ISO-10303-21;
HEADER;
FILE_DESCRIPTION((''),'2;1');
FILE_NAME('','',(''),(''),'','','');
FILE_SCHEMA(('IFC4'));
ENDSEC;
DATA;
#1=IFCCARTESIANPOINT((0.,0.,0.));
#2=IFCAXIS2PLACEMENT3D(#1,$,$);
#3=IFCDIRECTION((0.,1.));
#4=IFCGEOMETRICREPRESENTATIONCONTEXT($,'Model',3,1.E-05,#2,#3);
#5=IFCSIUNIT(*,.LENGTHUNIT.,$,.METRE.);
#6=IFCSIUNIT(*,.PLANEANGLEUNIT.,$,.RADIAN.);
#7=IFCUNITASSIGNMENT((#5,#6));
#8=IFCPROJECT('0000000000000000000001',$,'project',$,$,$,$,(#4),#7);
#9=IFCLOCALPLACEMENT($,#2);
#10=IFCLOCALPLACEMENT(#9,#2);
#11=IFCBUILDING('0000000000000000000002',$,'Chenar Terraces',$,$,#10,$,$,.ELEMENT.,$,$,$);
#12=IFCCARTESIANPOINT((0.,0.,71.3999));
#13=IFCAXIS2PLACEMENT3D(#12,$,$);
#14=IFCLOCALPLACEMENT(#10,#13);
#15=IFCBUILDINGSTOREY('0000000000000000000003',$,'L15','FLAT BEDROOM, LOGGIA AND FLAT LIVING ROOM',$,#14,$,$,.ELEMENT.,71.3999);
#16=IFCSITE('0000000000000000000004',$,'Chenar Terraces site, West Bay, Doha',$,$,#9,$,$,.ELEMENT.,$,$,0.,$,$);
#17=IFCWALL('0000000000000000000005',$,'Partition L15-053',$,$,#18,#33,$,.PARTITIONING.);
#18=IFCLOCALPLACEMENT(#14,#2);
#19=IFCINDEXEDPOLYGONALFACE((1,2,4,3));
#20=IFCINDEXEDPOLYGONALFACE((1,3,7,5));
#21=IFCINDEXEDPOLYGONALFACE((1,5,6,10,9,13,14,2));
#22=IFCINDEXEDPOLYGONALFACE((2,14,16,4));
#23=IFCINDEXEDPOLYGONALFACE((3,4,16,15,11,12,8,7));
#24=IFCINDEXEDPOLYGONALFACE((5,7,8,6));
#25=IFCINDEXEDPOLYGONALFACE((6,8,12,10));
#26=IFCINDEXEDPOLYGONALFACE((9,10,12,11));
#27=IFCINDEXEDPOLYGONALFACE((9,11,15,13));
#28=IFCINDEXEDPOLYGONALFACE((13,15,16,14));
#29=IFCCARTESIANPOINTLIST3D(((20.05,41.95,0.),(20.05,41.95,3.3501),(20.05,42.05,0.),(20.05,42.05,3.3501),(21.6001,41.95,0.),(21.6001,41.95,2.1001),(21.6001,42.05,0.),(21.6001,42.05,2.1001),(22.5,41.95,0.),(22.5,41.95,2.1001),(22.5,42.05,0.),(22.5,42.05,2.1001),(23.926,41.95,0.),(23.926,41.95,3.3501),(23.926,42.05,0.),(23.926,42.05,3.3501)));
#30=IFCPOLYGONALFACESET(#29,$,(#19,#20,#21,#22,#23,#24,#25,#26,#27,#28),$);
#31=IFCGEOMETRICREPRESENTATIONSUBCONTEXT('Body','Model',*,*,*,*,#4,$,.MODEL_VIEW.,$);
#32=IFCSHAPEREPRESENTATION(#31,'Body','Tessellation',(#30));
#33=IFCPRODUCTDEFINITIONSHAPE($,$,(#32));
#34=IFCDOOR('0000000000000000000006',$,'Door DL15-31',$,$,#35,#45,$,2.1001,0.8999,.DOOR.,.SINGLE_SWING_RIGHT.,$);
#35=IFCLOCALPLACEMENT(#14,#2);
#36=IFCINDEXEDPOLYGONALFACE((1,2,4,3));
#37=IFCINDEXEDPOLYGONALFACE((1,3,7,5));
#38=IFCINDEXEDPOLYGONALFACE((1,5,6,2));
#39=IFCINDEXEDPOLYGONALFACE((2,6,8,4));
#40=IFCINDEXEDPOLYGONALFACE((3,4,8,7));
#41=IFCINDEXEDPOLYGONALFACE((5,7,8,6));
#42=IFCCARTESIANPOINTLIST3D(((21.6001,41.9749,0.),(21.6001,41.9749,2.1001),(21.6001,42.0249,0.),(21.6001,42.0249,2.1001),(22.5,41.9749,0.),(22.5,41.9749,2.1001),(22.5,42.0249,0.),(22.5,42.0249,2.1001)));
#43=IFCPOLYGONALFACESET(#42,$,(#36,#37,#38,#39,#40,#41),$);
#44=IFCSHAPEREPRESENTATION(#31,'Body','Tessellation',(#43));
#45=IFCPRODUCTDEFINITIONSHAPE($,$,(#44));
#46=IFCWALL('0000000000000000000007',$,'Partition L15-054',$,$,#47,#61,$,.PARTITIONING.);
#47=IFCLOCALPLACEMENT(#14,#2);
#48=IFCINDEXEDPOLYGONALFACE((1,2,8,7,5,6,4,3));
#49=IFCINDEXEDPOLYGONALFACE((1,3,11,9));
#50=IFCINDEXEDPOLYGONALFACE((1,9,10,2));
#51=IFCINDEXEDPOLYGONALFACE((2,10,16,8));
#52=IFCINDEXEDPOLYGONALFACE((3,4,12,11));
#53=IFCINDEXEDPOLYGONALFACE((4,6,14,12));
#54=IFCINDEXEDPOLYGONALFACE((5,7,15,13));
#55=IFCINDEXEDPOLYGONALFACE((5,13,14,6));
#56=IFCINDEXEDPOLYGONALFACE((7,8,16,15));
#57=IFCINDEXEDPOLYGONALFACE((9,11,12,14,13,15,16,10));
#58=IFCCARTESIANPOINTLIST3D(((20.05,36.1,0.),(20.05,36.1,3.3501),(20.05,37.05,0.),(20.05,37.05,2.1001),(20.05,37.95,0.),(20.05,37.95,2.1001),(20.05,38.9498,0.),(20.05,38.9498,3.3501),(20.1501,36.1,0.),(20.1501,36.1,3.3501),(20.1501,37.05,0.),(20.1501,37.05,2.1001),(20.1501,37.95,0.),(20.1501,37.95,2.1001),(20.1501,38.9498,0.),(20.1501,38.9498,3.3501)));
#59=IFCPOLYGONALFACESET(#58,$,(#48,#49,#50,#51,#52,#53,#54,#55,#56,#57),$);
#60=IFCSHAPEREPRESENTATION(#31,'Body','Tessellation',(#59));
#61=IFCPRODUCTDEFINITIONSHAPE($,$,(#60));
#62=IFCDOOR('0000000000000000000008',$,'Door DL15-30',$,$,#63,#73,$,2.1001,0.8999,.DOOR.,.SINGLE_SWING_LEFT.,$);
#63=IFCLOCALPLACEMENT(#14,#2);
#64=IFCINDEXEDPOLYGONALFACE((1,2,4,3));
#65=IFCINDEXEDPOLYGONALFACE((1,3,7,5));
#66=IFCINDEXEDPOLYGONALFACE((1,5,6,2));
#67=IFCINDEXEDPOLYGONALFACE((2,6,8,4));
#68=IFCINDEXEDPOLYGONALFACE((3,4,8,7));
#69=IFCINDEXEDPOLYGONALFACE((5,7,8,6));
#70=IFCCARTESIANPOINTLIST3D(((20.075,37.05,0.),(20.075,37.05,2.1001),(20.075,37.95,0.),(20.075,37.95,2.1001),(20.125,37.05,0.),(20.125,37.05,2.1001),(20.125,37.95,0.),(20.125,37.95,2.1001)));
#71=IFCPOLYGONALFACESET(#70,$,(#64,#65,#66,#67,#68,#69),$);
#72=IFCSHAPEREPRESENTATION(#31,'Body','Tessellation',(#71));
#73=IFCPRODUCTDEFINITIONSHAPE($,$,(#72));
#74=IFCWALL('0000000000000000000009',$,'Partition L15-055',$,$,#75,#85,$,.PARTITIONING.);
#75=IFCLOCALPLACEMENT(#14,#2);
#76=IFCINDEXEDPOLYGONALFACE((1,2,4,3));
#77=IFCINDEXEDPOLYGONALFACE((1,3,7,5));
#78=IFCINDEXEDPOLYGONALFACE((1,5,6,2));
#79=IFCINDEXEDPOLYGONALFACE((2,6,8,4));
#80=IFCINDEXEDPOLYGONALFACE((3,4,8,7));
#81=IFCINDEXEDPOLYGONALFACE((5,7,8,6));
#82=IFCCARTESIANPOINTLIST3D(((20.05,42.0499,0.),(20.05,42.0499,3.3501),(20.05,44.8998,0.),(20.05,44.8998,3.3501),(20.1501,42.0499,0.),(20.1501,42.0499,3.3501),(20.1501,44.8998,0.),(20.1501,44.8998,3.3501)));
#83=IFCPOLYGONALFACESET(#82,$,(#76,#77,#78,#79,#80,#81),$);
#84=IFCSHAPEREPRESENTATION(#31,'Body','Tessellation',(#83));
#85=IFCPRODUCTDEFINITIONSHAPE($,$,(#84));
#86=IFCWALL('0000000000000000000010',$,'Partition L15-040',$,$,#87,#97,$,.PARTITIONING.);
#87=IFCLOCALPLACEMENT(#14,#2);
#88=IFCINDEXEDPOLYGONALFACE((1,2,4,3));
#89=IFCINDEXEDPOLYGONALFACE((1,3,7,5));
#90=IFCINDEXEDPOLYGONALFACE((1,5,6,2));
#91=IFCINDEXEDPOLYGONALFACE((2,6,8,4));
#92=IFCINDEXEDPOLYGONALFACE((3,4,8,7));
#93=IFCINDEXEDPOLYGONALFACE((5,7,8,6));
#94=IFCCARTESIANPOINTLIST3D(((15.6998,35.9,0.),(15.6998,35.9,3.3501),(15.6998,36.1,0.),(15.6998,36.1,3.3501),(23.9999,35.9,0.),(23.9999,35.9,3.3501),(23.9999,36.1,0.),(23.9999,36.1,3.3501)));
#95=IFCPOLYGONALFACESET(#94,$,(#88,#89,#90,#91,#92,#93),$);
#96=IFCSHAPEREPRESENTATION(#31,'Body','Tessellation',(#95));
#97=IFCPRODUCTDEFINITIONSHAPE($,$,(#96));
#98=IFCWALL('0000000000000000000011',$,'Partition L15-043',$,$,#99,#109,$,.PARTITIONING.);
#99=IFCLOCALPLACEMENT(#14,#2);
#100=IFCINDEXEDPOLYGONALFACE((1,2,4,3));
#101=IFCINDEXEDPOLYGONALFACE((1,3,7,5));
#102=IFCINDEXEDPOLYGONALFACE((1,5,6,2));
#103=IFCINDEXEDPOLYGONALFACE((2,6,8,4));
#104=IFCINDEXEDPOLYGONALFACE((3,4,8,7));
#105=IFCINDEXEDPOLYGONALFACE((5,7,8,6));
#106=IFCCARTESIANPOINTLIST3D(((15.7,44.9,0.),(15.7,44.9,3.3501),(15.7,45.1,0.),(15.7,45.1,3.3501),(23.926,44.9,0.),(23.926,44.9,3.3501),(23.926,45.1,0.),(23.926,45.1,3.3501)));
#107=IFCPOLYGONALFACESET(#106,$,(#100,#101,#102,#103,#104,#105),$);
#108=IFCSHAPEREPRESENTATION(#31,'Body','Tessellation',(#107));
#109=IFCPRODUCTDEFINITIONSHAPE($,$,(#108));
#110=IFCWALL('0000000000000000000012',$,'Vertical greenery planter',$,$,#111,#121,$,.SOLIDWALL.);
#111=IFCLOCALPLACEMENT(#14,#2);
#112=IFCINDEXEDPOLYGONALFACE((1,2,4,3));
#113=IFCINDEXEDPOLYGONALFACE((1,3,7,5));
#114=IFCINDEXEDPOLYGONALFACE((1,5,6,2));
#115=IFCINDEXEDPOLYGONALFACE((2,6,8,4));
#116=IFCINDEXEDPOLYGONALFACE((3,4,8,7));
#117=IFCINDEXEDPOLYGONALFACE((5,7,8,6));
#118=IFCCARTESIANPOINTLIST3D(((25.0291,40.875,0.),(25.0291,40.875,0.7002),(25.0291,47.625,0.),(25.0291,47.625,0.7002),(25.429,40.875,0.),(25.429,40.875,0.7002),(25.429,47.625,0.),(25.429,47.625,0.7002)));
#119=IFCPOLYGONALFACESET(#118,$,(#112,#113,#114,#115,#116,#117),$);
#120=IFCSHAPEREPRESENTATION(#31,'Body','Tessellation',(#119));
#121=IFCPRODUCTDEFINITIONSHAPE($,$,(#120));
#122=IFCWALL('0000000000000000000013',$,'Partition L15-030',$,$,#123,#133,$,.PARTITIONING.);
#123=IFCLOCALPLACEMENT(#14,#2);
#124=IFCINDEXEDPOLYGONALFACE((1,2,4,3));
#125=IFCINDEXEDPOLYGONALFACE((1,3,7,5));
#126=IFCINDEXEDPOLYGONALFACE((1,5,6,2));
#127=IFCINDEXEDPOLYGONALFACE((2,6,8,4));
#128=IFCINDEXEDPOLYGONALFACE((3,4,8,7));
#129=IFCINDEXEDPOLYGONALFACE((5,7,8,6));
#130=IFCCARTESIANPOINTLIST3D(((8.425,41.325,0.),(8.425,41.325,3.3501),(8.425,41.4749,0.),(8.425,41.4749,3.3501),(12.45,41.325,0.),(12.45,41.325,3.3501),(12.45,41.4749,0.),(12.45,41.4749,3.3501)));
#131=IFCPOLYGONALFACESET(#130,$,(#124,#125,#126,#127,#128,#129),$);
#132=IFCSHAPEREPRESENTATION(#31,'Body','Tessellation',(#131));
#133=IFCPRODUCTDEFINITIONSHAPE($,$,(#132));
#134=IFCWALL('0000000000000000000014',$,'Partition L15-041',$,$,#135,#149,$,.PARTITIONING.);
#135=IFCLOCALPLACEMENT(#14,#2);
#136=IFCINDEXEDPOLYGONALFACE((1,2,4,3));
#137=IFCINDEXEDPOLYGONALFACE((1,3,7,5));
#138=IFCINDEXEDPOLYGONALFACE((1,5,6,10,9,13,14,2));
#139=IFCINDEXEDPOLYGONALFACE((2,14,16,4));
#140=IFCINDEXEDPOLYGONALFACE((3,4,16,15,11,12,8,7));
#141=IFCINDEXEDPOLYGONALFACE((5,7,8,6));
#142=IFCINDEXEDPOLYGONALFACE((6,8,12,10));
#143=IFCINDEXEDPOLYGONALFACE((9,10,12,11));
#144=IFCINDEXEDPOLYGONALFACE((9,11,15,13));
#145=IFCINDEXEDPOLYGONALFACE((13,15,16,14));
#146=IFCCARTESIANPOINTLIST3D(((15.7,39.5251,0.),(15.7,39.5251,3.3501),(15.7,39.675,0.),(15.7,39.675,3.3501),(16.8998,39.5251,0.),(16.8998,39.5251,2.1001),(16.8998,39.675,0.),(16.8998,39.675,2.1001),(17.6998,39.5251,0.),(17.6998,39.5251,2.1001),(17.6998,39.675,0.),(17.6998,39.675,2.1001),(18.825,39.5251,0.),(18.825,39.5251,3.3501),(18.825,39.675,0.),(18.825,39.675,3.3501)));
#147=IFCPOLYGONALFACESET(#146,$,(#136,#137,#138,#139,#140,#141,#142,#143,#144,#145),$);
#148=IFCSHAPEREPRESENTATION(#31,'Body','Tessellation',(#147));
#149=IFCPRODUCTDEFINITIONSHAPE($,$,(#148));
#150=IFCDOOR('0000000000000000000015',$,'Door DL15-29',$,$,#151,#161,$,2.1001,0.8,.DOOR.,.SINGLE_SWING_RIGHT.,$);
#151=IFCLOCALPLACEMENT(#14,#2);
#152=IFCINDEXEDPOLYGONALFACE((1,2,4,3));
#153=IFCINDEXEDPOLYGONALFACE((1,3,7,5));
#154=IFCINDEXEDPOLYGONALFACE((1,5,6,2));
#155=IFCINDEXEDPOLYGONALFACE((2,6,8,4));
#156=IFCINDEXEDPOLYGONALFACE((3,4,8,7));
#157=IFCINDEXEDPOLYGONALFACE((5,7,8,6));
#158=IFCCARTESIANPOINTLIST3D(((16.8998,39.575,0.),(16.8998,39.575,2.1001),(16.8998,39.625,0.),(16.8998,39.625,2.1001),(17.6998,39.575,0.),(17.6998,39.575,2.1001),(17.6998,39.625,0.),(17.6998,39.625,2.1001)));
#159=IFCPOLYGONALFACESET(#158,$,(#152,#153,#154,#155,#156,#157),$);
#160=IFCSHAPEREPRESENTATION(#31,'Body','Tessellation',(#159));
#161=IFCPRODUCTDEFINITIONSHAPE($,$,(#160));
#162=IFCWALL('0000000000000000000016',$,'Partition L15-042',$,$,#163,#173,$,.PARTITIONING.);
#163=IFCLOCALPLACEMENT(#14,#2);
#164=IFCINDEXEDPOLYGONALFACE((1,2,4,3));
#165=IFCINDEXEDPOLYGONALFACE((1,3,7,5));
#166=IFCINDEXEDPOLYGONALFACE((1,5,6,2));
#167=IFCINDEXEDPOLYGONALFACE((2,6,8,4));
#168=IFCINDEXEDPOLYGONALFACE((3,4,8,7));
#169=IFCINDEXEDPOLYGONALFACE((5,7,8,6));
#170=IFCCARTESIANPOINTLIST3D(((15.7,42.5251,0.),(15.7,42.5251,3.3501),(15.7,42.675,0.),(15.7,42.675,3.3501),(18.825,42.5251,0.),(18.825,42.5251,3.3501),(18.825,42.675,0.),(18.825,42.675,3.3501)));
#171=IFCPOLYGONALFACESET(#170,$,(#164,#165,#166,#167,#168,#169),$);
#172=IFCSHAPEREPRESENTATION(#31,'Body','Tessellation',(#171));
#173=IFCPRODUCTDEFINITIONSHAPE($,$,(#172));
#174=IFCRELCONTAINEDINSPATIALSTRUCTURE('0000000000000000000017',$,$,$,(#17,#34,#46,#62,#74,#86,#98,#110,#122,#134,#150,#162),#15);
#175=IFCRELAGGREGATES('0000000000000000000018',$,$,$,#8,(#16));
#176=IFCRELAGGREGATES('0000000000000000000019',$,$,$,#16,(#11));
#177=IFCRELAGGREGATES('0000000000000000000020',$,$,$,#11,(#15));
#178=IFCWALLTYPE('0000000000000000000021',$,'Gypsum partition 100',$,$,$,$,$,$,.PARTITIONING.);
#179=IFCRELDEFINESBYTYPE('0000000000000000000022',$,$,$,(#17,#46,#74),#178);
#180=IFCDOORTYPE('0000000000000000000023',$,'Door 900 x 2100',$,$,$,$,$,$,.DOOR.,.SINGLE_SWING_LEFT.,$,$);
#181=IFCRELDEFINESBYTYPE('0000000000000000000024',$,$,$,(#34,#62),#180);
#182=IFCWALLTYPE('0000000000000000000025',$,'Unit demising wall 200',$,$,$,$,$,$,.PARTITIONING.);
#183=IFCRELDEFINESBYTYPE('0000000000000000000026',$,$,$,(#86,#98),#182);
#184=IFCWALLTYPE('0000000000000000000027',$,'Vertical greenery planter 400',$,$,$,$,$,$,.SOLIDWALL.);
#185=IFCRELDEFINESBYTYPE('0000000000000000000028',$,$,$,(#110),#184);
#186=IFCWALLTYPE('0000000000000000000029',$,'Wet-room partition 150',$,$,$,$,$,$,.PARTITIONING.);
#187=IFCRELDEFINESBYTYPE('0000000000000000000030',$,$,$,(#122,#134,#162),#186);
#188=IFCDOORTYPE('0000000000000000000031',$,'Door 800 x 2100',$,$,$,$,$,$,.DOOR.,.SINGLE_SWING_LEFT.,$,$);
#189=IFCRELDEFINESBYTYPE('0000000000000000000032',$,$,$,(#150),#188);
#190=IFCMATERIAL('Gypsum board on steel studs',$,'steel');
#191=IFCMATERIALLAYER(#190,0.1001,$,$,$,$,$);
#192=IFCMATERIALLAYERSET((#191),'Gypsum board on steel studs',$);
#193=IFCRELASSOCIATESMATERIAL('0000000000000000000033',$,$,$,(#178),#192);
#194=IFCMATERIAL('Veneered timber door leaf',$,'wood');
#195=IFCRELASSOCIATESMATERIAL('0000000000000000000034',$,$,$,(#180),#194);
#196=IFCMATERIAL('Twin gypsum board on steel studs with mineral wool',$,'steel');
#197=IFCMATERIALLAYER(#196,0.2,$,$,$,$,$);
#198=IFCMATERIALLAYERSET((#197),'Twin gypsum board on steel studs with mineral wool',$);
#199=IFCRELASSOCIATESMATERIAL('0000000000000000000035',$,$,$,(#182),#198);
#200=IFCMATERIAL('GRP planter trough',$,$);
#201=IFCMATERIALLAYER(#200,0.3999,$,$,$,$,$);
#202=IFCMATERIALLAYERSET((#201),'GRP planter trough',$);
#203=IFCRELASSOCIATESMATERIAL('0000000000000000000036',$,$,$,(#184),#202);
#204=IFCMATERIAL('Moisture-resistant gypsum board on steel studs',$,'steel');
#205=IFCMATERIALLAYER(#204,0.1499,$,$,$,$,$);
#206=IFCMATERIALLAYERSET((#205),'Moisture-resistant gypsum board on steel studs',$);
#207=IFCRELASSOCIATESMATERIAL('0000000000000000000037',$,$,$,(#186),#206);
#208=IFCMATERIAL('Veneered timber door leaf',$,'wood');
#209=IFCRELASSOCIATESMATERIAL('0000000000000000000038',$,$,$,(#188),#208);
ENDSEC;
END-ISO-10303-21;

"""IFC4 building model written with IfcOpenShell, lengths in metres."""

from ifc_helpers import new_model, si_unit, direction, frame, frame_2d, origin, place, context, subcontext, project, spatial, rectangle, extrude, material, layer, layer_set, type_object, element, fill, save


model = new_model("IFC4")

# Units and contexts
model_context = context("Model", 3, precision=1e-05, world=origin(), true_north=direction((0.0, 1.0)))
body_context = subcontext(model_context, "Body", "Model", "MODEL_VIEW")
ifc_project = project(units=[si_unit("LENGTHUNIT", "METRE"), si_unit("PLANEANGLEUNIT", "RADIAN")], contexts=[model_context])

# Site, building, storey
site_placement = place(None, origin())
site = spatial("IfcSite", under=ifc_project, at=site_placement, Name="Chenar Terraces site, West Bay, Doha", CompositionType="ELEMENT", RefElevation=0.0)
building_placement = place(site_placement, origin())
building = spatial("IfcBuilding", under=site, at=building_placement, Name="Chenar Terraces", CompositionType="ELEMENT")
storey_placement = place(building_placement, frame((0.0, 0.0, 71.3999)))
storey = spatial("IfcBuildingStorey", under=building, at=storey_placement, Name="L15", Description="FLAT BEDROOM, LOGGIA AND FLAT LIVING ROOM", CompositionType="ELEMENT", Elevation=71.3999)

# Shared definitions
ifc_material_1 = material(Name="Gypsum board on steel studs", Category="steel")
ifc_layer_1 = layer(ifc_material_1, 0.1001)
ifc_layer_set_1 = layer_set([ifc_layer_1], Name="Gypsum board on steel studs")
wall_type_1 = type_object("IfcWallType", Name="Gypsum partition 100", PredefinedType="PARTITIONING", material=ifc_layer_set_1)

# Walls, openings, doors
wall_1_placement = place(storey_placement, frame((20.05, 42.0, 0.0), z_axis=(0.0, 0.0, 1.0), x_axis=(1.0, 0.0, 0.0)))
wall_1 = element("IfcWall", 1, at=wall_1_placement, inside=storey, type_object=wall_type_1, Name="Partition L15-053", PredefinedType="PARTITIONING", context=body_context, shape_type="SweptSolid", body=[
    extrude(rectangle(XDim=3.876, YDim=0.1001, at=frame_2d((1.938, 0.0))), origin(), (0.0, 0.0, 1.0), 3.3501),
])
opening_1_placement = place(wall_1_placement, frame((1.55, 0.0, 0.0)))
opening_1 = element("IfcOpeningElement", 2, at=opening_1_placement, cuts=wall_1, PredefinedType="OPENING", context=body_context, shape_type="SweptSolid", body=[
    extrude(rectangle(XDim=0.8999, YDim=2.1001, at=frame_2d((0.45, 1.05))), frame((0.0, 0.0601, 0.0), z_axis=(0.0, -1.0, 0.0), x_axis=(1.0, 0.0, 0.0)), (0.0, 0.0, 1.0), 0.1201),
])
ifc_material_2 = material(Name="Veneered timber door leaf", Category="wood")
door_type_1 = type_object("IfcDoorType", Name="Door 900 x 2100", OperationType="SINGLE_SWING_LEFT", PredefinedType="DOOR", material=ifc_material_2)
door_1_placement = place(opening_1_placement, origin())
door_1 = element("IfcDoor", 3, at=door_1_placement, inside=storey, type_object=door_type_1, Name="Door DL15-31", OperationType="SINGLE_SWING_RIGHT", OverallHeight=2.1001, OverallWidth=0.8999, PredefinedType="DOOR", context=body_context, shape_type="SweptSolid", body=[
    extrude(rectangle(XDim=0.8999, YDim=2.1001, at=frame_2d((0.45, 1.05))), frame((0.0, 0.0249, 0.0), z_axis=(0.0, -1.0, 0.0), x_axis=(1.0, 0.0, 0.0)), (0.0, 0.0, 1.0), 0.05),
])
fill(opening_1, door_1)
wall_2_placement = place(storey_placement, frame((20.1001, 36.1001, 0.0), z_axis=(0.0, 0.0, 1.0), x_axis=(0.0, 1.0, 0.0)))
wall_2 = element("IfcWall", 4, at=wall_2_placement, inside=storey, type_object=wall_type_1, Name="Partition L15-054", PredefinedType="PARTITIONING", context=body_context, shape_type="SweptSolid", body=[
    extrude(rectangle(XDim=2.8499, YDim=0.1001, at=frame_2d((1.4248, 0.0))), origin(), (0.0, 0.0, 1.0), 3.3501),
])
opening_2_placement = place(wall_2_placement, frame((0.95, 0.0, 0.0)))
opening_2 = element("IfcOpeningElement", 5, at=opening_2_placement, cuts=wall_2, PredefinedType="OPENING", context=body_context, shape_type="SweptSolid", body=[
    extrude(rectangle(XDim=0.8999, YDim=2.1001, at=frame_2d((0.45, 1.05))), frame((0.0, 0.0601, 0.0), z_axis=(0.0, -1.0, 0.0), x_axis=(1.0, 0.0, 0.0)), (0.0, 0.0, 1.0), 0.1201),
])
door_2_placement = place(opening_2_placement, frame((0.8999, 0.0, 0.0), z_axis=(0.0, 0.0, 1.0), x_axis=(-1.0, 0.0, 0.0)))
door_2 = element("IfcDoor", 6, at=door_2_placement, inside=storey, type_object=door_type_1, Name="Door DL15-30", OperationType="SINGLE_SWING_LEFT", OverallHeight=2.1001, OverallWidth=0.8999, PredefinedType="DOOR", context=body_context, shape_type="SweptSolid", body=[
    extrude(rectangle(XDim=0.8999, YDim=2.1001, at=frame_2d((0.45, 1.05))), frame((0.0, 0.0249, 0.0), z_axis=(0.0, -1.0, 0.0), x_axis=(1.0, 0.0, 0.0)), (0.0, 0.0, 1.0), 0.05),
])
fill(opening_2, door_2)

# Walls
wall_3_placement = place(storey_placement, frame((20.1001, 42.05, 0.0), z_axis=(0.0, 0.0, 1.0), x_axis=(0.0, 1.0, 0.0)))
element("IfcWall", 7, at=wall_3_placement, inside=storey, type_object=wall_type_1, Name="Partition L15-055", PredefinedType="PARTITIONING", context=body_context, shape_type="SweptSolid", body=[
    extrude(rectangle(XDim=2.8499, YDim=0.1001, at=frame_2d((1.4248, 0.0))), origin(), (0.0, 0.0, 1.0), 3.3501),
])
ifc_material_3 = material(Name="Twin gypsum board on steel studs with mineral wool", Category="steel")
ifc_layer_2 = layer(ifc_material_3, 0.2)
ifc_layer_set_2 = layer_set([ifc_layer_2], Name="Twin gypsum board on steel studs with mineral wool")
wall_type_2 = type_object("IfcWallType", Name="Unit demising wall 200", PredefinedType="PARTITIONING", material=ifc_layer_set_2)
wall_4_placement = place(storey_placement, frame((15.7, 36.0, 0.0), z_axis=(0.0, 0.0, 1.0), x_axis=(1.0, 0.0, 0.0)))
element("IfcWall", 8, at=wall_4_placement, inside=storey, type_object=wall_type_2, Name="Partition L15-040", PredefinedType="PARTITIONING", context=body_context, shape_type="SweptSolid", body=[
    extrude(rectangle(XDim=8.3, YDim=0.2, at=frame_2d((4.1499, 0.0))), origin(), (0.0, 0.0, 1.0), 3.3501),
])
wall_5_placement = place(storey_placement, frame((15.7, 45.0, 0.0), z_axis=(0.0, 0.0, 1.0), x_axis=(1.0, 0.0, 0.0)))
element("IfcWall", 9, at=wall_5_placement, inside=storey, type_object=wall_type_2, Name="Partition L15-043", PredefinedType="PARTITIONING", context=body_context, shape_type="SweptSolid", body=[
    extrude(rectangle(XDim=8.2261, YDim=0.2, at=frame_2d((4.113, 0.0))), origin(), (0.0, 0.0, 1.0), 3.3501),
])
ifc_material_4 = material(Name="GRP planter trough")
ifc_layer_3 = layer(ifc_material_4, 0.3999)
ifc_layer_set_3 = layer_set([ifc_layer_3], Name="GRP planter trough")
wall_type_3 = type_object("IfcWallType", Name="Vertical greenery planter 400", PredefinedType="SOLIDWALL", material=ifc_layer_set_3)
wall_6_placement = place(storey_placement, frame((25.229, 40.875, 0.0), z_axis=(0.0, 0.0, 1.0), x_axis=(0.0, 1.0, 0.0)))
element("IfcWall", 10, at=wall_6_placement, inside=storey, type_object=wall_type_3, Name="Vertical greenery planter", PredefinedType="SOLIDWALL", context=body_context, shape_type="SweptSolid", body=[
    extrude(rectangle(XDim=6.75, YDim=0.3999, at=frame_2d((3.375, 0.0))), origin(), (0.0, 0.0, 1.0), 0.7002),
])
ifc_material_5 = material(Name="Moisture-resistant gypsum board on steel studs", Category="steel")
ifc_layer_4 = layer(ifc_material_5, 0.1499)
ifc_layer_set_4 = layer_set([ifc_layer_4], Name="Moisture-resistant gypsum board on steel studs")
wall_type_4 = type_object("IfcWallType", Name="Wet-room partition 150", PredefinedType="PARTITIONING", material=ifc_layer_set_4)
wall_7_placement = place(storey_placement, frame((8.425, 41.3999, 0.0), z_axis=(0.0, 0.0, 1.0), x_axis=(1.0, 0.0, 0.0)))
element("IfcWall", 11, at=wall_7_placement, inside=storey, type_object=wall_type_4, Name="Partition L15-030", PredefinedType="PARTITIONING", context=body_context, shape_type="SweptSolid", body=[
    extrude(rectangle(XDim=4.0249, YDim=0.1499, at=frame_2d((2.0125, 0.0))), origin(), (0.0, 0.0, 1.0), 3.3501),
])

# Wall, opening, door
wall_8_placement = place(storey_placement, frame((15.7, 39.6001, 0.0), z_axis=(0.0, 0.0, 1.0), x_axis=(1.0, 0.0, 0.0)))
wall_8 = element("IfcWall", 12, at=wall_8_placement, inside=storey, type_object=wall_type_4, Name="Partition L15-041", PredefinedType="PARTITIONING", context=body_context, shape_type="SweptSolid", body=[
    extrude(rectangle(XDim=3.125, YDim=0.1499, at=frame_2d((1.5625, 0.0))), origin(), (0.0, 0.0, 1.0), 3.3501),
])
opening_3_placement = place(wall_8_placement, frame((1.2, 0.0, 0.0)))
opening_3 = element("IfcOpeningElement", 13, at=opening_3_placement, cuts=wall_8, PredefinedType="OPENING", context=body_context, shape_type="SweptSolid", body=[
    extrude(rectangle(XDim=0.8, YDim=2.1001, at=frame_2d((0.3999, 1.05))), frame((0.0, 0.085, 0.0), z_axis=(0.0, -1.0, 0.0), x_axis=(1.0, 0.0, 0.0)), (0.0, 0.0, 1.0), 0.1699),
])
ifc_material_6 = material(Name="Veneered timber door leaf", Category="wood")
door_type_2 = type_object("IfcDoorType", Name="Door 800 x 2100", OperationType="SINGLE_SWING_LEFT", PredefinedType="DOOR", material=ifc_material_6)
door_3_placement = place(opening_3_placement, origin())
door_3 = element("IfcDoor", 14, at=door_3_placement, inside=storey, type_object=door_type_2, Name="Door DL15-29", OperationType="SINGLE_SWING_RIGHT", OverallHeight=2.1001, OverallWidth=0.8, PredefinedType="DOOR", context=body_context, shape_type="SweptSolid", body=[
    extrude(rectangle(XDim=0.8, YDim=2.1001, at=frame_2d((0.3999, 1.05))), frame((0.0, 0.0249, 0.0), z_axis=(0.0, -1.0, 0.0), x_axis=(1.0, 0.0, 0.0)), (0.0, 0.0, 1.0), 0.05),
])
fill(opening_3, door_3)

# Wall
wall_9_placement = place(storey_placement, frame((15.7, 42.6001, 0.0), z_axis=(0.0, 0.0, 1.0), x_axis=(1.0, 0.0, 0.0)))
element("IfcWall", 15, at=wall_9_placement, inside=storey, type_object=wall_type_4, Name="Partition L15-042", PredefinedType="PARTITIONING", context=body_context, shape_type="SweptSolid", body=[
    extrude(rectangle(XDim=3.125, YDim=0.1499, at=frame_2d((1.5625, 0.0))), origin(), (0.0, 0.0, 1.0), 3.3501),
])

save(model, "model.ifc")
